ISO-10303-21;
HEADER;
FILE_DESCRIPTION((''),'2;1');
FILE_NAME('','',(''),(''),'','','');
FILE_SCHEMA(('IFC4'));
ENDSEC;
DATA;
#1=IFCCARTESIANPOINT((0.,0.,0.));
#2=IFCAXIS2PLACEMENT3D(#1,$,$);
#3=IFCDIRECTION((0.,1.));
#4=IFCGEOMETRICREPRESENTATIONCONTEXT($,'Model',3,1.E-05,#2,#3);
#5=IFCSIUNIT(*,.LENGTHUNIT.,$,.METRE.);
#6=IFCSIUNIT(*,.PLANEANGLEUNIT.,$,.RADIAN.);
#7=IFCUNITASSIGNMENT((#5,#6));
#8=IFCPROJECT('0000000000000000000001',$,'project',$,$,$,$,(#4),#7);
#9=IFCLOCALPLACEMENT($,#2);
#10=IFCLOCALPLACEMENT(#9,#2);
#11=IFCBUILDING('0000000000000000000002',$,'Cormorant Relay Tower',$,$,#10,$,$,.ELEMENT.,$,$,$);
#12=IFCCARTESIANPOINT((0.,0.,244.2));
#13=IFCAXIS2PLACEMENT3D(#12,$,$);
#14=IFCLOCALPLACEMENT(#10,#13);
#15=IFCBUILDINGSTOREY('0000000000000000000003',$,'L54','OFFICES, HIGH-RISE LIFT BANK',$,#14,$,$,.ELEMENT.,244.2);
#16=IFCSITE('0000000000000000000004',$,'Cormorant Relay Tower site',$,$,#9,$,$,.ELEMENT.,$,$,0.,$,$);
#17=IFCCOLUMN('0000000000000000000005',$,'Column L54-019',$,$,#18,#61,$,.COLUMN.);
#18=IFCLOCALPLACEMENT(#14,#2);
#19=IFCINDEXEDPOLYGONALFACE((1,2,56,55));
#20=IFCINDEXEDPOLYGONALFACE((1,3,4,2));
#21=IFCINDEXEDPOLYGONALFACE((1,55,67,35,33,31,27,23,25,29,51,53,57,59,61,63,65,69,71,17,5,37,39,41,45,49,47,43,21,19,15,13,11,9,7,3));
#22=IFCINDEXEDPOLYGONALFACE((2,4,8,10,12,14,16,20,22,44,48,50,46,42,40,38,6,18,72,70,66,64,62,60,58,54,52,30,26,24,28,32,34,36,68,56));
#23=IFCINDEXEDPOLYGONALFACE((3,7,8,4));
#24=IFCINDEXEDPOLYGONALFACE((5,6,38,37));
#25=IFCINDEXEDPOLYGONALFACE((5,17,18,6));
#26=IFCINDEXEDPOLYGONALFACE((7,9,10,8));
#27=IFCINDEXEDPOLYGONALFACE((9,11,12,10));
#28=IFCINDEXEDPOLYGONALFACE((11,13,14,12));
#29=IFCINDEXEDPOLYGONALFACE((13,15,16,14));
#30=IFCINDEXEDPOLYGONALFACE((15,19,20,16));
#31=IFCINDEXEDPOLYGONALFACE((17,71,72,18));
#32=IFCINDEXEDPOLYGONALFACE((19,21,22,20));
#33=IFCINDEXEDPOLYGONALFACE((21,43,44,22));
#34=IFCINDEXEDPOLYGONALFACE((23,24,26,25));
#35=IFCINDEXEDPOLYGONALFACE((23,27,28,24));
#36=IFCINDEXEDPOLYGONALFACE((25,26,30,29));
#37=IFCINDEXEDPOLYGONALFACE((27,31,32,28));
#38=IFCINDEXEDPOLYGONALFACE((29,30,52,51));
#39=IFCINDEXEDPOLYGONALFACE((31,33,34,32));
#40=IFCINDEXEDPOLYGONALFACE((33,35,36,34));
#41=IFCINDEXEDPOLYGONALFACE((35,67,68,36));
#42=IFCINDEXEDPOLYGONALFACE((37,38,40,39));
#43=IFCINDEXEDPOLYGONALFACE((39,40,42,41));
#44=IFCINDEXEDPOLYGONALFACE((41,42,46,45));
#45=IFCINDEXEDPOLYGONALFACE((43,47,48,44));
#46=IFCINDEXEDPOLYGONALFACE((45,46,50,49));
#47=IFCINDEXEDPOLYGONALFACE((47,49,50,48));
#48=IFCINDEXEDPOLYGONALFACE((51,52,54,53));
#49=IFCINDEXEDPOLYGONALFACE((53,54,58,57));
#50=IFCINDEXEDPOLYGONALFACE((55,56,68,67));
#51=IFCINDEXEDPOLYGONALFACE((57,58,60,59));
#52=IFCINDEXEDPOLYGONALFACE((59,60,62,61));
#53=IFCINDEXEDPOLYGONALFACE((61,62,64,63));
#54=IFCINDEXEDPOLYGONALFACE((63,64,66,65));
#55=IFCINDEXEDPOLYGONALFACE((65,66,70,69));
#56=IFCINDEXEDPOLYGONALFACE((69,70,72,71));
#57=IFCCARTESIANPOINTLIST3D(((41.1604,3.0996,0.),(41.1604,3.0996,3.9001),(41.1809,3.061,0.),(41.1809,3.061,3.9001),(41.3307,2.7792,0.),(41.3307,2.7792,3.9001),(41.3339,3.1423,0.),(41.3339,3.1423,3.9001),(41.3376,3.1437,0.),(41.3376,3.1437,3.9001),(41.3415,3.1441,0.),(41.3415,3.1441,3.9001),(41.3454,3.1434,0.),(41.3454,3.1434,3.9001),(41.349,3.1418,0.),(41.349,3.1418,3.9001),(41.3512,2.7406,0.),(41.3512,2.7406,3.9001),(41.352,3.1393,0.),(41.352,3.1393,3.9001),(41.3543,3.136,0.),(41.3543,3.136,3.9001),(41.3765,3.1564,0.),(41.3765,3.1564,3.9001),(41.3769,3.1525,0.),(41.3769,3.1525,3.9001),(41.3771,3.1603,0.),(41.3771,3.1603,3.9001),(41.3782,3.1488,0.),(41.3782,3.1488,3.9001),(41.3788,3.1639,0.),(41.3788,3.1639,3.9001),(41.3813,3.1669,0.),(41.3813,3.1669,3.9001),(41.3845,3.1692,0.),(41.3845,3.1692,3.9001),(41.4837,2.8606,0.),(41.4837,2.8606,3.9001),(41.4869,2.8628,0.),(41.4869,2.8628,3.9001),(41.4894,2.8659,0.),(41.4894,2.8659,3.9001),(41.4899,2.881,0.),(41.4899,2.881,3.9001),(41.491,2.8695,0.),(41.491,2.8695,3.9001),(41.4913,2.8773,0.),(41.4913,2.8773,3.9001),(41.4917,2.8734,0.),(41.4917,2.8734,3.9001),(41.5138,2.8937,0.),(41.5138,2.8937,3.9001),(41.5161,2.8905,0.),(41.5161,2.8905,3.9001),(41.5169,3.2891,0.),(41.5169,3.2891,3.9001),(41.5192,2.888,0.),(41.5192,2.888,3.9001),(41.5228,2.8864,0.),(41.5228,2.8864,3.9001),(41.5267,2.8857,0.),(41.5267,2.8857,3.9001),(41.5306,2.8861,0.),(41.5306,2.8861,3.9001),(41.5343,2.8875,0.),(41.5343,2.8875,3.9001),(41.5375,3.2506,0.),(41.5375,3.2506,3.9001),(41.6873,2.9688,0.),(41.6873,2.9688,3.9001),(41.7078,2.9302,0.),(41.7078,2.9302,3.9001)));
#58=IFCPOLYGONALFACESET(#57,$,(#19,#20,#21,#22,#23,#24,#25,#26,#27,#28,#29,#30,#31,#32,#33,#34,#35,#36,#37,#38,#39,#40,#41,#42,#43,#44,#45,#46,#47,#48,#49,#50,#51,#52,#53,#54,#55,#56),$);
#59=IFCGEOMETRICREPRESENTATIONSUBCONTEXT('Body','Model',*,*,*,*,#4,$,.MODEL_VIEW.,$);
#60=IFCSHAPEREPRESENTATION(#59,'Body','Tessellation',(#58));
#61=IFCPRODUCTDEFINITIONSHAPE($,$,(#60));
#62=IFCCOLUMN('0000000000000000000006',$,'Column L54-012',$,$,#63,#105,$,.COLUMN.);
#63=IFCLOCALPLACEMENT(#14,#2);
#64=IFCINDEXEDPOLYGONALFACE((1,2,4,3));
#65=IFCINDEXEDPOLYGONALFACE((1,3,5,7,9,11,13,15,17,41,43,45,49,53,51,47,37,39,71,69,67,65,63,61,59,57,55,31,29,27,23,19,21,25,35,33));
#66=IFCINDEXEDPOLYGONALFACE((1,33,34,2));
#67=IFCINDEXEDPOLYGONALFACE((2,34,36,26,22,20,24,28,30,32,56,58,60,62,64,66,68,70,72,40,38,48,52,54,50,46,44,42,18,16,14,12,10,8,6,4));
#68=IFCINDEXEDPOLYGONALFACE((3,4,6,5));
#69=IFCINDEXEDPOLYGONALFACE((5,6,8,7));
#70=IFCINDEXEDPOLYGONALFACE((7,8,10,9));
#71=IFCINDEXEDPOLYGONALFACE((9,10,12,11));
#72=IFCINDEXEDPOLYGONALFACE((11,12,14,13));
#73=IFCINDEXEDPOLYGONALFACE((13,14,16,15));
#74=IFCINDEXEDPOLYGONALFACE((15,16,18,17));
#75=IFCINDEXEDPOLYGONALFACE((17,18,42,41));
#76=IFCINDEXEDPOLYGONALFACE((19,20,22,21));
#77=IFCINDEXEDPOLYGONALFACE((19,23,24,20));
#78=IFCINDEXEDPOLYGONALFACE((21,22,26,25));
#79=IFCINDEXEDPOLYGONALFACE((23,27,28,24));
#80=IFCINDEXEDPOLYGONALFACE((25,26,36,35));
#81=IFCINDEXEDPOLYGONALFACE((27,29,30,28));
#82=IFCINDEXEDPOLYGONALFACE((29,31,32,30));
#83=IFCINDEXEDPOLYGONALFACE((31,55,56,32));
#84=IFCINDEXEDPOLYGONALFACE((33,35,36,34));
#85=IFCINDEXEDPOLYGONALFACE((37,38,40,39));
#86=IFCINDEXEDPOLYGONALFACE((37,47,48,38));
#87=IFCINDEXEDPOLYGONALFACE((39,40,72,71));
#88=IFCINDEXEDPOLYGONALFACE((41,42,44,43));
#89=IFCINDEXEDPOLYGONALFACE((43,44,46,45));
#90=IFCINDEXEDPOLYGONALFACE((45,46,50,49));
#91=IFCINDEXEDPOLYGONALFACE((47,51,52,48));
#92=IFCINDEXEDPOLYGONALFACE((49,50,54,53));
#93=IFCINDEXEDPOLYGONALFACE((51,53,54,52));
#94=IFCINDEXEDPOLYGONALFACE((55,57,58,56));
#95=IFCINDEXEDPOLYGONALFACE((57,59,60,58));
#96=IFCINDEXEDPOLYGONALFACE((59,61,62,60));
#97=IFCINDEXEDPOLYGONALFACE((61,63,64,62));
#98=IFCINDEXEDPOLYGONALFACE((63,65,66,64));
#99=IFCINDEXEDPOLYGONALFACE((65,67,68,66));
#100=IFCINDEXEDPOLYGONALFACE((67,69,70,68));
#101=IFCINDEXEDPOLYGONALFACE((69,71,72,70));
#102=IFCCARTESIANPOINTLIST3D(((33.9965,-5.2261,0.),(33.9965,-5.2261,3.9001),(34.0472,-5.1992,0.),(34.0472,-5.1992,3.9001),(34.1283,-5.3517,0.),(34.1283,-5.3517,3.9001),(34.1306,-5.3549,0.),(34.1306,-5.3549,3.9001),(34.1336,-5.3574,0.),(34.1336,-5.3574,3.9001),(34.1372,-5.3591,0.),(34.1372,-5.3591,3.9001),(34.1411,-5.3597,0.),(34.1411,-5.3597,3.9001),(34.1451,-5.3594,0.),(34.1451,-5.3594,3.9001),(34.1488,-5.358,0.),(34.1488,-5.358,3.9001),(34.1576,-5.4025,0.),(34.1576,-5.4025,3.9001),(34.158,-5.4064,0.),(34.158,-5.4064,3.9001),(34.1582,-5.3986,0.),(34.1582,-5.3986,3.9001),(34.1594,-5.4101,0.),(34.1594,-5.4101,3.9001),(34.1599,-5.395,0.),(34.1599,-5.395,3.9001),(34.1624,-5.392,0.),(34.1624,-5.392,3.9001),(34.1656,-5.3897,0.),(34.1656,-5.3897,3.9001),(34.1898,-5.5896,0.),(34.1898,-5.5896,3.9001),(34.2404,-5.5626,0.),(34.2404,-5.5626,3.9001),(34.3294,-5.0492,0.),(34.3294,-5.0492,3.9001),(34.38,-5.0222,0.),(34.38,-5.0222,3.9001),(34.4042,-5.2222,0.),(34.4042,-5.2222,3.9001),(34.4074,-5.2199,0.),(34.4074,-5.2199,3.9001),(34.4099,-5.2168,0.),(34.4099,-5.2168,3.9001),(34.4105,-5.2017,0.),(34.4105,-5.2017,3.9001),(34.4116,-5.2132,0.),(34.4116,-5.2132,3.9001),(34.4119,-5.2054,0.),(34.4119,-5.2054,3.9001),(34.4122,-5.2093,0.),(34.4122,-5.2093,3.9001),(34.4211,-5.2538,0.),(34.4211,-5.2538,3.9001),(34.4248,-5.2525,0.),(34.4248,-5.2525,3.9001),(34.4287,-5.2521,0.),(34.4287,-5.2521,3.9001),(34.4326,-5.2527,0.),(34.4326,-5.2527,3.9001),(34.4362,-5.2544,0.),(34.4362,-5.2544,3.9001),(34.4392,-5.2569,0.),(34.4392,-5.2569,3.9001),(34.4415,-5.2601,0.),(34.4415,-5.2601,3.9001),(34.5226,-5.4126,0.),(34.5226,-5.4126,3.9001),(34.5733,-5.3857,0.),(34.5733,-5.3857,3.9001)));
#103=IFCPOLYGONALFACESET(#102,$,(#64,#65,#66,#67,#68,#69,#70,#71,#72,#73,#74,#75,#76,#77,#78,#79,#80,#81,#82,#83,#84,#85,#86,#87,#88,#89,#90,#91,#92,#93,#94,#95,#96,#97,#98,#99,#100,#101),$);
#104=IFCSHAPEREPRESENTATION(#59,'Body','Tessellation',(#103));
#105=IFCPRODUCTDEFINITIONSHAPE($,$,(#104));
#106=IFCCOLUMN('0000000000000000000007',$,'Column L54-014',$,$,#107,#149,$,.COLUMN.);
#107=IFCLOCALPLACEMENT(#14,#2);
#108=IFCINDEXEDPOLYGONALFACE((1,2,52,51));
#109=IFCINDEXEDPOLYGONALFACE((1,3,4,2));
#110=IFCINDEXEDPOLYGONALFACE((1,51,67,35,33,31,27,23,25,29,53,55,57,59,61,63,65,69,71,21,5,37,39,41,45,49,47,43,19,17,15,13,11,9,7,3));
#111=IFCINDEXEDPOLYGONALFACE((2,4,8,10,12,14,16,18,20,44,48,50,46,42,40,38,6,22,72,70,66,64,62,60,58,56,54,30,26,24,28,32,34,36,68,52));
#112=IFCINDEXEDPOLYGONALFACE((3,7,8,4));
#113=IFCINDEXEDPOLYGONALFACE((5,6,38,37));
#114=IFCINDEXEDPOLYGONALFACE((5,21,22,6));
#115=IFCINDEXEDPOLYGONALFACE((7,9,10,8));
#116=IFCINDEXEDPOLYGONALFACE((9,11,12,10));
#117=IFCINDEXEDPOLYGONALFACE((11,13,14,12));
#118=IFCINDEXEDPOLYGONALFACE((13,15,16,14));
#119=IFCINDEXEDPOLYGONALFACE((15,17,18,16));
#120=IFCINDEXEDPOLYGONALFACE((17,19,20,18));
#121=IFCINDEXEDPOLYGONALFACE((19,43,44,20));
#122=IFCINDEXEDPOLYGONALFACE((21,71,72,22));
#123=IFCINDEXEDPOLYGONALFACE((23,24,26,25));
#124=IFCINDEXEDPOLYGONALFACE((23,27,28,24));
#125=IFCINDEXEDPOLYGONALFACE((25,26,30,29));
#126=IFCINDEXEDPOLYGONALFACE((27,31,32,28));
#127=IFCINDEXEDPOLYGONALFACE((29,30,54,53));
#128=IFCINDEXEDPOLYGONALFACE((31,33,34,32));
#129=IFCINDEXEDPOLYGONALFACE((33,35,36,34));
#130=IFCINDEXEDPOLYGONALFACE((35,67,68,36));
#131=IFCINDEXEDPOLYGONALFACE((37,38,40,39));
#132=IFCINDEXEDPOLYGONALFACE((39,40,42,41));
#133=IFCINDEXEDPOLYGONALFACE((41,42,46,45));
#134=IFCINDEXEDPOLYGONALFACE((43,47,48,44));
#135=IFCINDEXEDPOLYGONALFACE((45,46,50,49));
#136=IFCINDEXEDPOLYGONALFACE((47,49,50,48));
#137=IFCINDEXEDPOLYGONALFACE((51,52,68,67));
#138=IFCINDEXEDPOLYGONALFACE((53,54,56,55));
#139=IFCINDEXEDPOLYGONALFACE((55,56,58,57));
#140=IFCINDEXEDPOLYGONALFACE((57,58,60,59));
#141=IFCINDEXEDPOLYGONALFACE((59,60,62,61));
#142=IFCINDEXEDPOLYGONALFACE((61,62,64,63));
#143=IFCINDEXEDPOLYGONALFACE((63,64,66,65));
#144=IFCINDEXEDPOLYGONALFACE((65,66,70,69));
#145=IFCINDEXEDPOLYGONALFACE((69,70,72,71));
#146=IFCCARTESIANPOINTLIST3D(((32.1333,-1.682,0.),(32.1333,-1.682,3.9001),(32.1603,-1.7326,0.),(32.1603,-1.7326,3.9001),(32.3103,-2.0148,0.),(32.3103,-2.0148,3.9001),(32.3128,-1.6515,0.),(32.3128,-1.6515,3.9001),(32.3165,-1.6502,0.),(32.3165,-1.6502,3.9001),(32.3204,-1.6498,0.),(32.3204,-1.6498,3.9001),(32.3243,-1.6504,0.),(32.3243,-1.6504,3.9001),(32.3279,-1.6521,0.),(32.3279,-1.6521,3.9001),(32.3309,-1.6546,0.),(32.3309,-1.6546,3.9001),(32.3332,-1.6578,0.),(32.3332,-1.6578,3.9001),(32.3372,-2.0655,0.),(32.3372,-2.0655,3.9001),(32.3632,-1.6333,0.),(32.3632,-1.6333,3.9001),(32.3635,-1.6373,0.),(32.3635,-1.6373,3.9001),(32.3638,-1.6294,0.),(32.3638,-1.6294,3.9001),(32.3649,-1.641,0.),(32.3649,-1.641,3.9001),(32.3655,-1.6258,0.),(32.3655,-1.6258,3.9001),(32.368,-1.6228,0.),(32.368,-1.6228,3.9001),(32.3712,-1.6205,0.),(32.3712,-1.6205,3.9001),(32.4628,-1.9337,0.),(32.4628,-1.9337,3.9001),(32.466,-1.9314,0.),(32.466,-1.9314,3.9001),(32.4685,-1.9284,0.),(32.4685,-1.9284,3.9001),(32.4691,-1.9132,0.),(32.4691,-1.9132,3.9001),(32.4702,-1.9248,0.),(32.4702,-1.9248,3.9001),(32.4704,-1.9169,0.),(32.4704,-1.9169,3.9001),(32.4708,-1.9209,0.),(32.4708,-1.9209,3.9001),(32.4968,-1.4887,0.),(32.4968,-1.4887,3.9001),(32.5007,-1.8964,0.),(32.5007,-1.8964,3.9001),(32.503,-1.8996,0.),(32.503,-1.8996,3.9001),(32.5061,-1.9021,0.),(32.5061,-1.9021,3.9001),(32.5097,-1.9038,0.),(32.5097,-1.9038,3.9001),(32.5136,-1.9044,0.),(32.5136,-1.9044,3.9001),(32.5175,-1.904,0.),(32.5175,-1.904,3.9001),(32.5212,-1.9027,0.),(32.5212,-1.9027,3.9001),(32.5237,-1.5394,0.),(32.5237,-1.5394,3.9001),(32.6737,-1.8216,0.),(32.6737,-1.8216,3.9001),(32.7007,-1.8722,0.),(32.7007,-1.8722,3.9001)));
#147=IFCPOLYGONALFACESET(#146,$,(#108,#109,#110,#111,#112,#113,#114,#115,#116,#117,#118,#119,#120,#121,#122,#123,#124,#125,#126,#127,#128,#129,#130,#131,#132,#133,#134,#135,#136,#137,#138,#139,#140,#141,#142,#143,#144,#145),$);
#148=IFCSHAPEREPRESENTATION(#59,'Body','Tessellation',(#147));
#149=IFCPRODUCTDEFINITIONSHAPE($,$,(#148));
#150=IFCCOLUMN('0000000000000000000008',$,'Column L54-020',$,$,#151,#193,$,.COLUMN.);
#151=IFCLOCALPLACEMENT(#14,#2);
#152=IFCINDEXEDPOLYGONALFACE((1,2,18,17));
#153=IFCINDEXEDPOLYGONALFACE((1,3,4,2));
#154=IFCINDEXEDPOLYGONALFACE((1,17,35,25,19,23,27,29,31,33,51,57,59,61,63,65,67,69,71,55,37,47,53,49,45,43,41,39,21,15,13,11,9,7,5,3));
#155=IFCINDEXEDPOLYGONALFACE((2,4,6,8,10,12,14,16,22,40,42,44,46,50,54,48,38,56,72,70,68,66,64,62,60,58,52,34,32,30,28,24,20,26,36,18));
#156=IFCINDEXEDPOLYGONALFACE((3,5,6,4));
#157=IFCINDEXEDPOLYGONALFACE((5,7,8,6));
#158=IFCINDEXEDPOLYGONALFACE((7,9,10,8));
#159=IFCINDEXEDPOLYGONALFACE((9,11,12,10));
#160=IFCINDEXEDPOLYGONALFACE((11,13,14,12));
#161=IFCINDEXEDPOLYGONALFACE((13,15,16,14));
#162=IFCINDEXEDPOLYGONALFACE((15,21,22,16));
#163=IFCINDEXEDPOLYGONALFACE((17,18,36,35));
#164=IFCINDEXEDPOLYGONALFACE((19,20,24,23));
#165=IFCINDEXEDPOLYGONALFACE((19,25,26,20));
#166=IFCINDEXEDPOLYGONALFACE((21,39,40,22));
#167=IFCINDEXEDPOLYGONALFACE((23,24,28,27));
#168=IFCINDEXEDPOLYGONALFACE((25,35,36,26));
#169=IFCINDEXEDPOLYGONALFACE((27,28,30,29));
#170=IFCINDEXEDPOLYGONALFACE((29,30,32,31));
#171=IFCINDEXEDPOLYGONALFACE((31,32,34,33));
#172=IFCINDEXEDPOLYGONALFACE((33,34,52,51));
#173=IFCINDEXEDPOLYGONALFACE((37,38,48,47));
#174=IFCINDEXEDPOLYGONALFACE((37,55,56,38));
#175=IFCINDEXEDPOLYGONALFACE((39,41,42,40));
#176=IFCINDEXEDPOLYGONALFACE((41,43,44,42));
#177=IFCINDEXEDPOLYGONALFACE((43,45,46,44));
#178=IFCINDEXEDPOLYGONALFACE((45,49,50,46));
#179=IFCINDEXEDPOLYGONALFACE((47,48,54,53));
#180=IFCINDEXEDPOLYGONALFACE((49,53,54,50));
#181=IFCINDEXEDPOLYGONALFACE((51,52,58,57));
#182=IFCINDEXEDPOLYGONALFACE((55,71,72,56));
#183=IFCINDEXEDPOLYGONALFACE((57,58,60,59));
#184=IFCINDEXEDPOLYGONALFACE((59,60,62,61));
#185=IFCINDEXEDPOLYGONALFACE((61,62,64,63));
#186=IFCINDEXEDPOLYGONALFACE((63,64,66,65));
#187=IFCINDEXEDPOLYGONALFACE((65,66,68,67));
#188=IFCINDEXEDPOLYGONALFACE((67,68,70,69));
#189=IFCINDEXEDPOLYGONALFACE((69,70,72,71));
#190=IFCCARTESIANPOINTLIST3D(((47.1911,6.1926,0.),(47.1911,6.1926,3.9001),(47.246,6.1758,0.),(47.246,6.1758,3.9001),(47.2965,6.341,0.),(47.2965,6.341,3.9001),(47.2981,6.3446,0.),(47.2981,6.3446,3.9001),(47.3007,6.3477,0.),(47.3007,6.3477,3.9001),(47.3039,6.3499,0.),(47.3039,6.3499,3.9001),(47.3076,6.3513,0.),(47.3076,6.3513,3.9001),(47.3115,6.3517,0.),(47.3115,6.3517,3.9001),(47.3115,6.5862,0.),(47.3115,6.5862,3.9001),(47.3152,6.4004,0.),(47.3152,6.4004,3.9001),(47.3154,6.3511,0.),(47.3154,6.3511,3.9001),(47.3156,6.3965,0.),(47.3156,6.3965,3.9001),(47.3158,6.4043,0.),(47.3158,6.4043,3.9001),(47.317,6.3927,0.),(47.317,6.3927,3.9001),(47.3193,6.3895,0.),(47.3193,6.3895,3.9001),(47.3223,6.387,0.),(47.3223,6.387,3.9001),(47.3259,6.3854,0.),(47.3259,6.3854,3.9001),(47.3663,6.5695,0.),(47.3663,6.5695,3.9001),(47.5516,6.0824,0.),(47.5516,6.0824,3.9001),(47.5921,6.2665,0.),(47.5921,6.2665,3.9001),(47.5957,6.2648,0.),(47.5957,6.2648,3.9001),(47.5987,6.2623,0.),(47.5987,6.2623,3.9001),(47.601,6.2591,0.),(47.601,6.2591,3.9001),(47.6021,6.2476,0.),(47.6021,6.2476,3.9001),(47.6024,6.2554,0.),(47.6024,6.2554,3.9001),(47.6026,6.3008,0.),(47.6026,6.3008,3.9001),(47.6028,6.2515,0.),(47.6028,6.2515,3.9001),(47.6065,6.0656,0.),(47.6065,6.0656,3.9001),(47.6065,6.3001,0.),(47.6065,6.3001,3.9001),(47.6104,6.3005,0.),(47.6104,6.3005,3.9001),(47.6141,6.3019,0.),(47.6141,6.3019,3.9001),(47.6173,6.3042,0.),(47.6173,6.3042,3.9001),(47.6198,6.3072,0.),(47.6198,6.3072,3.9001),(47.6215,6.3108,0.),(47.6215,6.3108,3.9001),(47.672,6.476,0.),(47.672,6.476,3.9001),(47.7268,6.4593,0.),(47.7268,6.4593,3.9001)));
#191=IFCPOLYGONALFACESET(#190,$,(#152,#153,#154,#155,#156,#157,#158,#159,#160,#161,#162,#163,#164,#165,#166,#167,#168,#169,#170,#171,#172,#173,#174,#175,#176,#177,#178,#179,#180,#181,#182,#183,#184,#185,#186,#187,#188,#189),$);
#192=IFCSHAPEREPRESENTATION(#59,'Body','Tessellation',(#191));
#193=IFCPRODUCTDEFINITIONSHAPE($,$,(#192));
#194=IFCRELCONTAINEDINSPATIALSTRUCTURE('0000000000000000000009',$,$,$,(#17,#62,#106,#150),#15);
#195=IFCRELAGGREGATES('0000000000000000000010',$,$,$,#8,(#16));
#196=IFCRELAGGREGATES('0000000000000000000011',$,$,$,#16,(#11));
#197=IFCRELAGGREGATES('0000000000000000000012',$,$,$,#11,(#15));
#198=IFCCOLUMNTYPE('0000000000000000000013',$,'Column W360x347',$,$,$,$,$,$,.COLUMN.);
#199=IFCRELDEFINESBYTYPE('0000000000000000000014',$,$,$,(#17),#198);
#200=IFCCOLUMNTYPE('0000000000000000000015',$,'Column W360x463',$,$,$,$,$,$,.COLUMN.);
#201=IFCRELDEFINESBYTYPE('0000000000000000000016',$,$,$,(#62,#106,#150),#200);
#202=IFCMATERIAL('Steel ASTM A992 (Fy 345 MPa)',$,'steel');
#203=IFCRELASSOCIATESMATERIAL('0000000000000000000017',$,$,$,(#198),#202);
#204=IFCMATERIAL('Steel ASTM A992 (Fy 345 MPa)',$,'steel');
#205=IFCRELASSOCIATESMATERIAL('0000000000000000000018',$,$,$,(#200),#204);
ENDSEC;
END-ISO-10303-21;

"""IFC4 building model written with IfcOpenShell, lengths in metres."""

from ifc_helpers import new_model, si_unit, direction, frame, origin, origin_2d, place, context, subcontext, project, spatial, i_section, extrude, material, material_profile, profile_set, type_object, element, save


model = new_model("IFC4")

# Units and contexts
model_context = context("Model", 3, precision=1e-05, world=origin(), true_north=direction((0.0, 1.0)))
body_context = subcontext(model_context, "Body", "Model", "MODEL_VIEW")
ifc_project = project(units=[si_unit("LENGTHUNIT", "METRE"), si_unit("PLANEANGLEUNIT", "RADIAN")], contexts=[model_context])

# Site, building, storey
site_placement = place(None, origin())
site = spatial("IfcSite", under=ifc_project, at=site_placement, Name="Cormorant Relay Tower site", CompositionType="ELEMENT", RefElevation=0.0)
building_placement = place(site_placement, origin())
building = spatial("IfcBuilding", under=site, at=building_placement, Name="Cormorant Relay Tower", CompositionType="ELEMENT")
storey_placement = place(building_placement, frame((0.0, 0.0, 244.2)))
storey = spatial("IfcBuildingStorey", under=building, at=storey_placement, Name="L54", Description="OFFICES, HIGH-RISE LIFT BANK", CompositionType="ELEMENT", Elevation=244.2)

# Columns
ifc_material_1 = material(Name="Steel ASTM A992 (Fy 345 MPa)", Category="steel")
ifc_material_profile_1 = material_profile(ifc_material_1, i_section(OverallWidth=0.4038, OverallDepth=0.4065, WebThickness=0.0271, FlangeThickness=0.0437, FilletRadius=0.0151, at=origin_2d()), Name="W360x347")
ifc_profile_set_1 = profile_set([ifc_material_profile_1], Name="Steel ASTM A992 (Fy 345 MPa)")
column_type_1 = type_object("IfcColumnType", Name="Column W360x347", PredefinedType="COLUMN", material=ifc_profile_set_1)
column_placement = place(storey_placement, frame((41.4341, 3.0149, 0.0), z_axis=(0.0, 0.0, 1.0), x_axis=(0.882948, 0.469472, 0.0)))
element("IfcColumn", 1, at=column_placement, inside=storey, type_object=column_type_1, Name="Column L54-019", PredefinedType="COLUMN", context=body_context, shape_type="SweptSolid", body=[
    extrude(i_section(OverallWidth=0.4038, OverallDepth=0.4065, WebThickness=0.0271, FlangeThickness=0.0437, FilletRadius=0.0151, at=origin_2d()), origin(), (0.0, 0.0, 1.0), 3.9001),
])
ifc_material_2 = material(Name="Steel ASTM A992 (Fy 345 MPa)", Category="steel")
ifc_material_profile_2 = material_profile(ifc_material_2, i_section(OverallWidth=0.4116, OverallDepth=0.4343, WebThickness=0.0359, FlangeThickness=0.0574, FilletRadius=0.0151, at=origin_2d()), Name="W360x463")
ifc_profile_set_2 = profile_set([ifc_material_profile_2], Name="Steel ASTM A992 (Fy 345 MPa)")
column_type_2 = type_object("IfcColumnType", Name="Column W360x463", PredefinedType="COLUMN", material=ifc_profile_set_2)
for number, where, z_axis, x_axis, name in (
    (2, (34.2849, -5.3059, 0.0), (0.0, 0.0, 1.0), (-0.469472, 0.882948, 0.0), "Column L54-012"),
    (3, (32.417, -1.7771, 0.0), (0.0, 0.0, 1.0), (0.882948, 0.469472, 0.0), "Column L54-014"),
    (4, (47.459, 6.3259, 0.0), (0.0, 0.0, 1.0), (0.292372, 0.956305, 0.0), "Column L54-020"),
):
    element("IfcColumn", number, at=place(storey_placement, frame(where, z_axis=z_axis, x_axis=x_axis)), inside=storey, type_object=column_type_2, Name=name, PredefinedType="COLUMN", context=body_context, shape_type="SweptSolid", body=[
        extrude(i_section(OverallWidth=0.4116, OverallDepth=0.4343, WebThickness=0.0359, FlangeThickness=0.0574, FilletRadius=0.0151, at=origin_2d()), origin(), (0.0, 0.0, 1.0), 3.9001),
    ])

save(model, "model.ifc")
